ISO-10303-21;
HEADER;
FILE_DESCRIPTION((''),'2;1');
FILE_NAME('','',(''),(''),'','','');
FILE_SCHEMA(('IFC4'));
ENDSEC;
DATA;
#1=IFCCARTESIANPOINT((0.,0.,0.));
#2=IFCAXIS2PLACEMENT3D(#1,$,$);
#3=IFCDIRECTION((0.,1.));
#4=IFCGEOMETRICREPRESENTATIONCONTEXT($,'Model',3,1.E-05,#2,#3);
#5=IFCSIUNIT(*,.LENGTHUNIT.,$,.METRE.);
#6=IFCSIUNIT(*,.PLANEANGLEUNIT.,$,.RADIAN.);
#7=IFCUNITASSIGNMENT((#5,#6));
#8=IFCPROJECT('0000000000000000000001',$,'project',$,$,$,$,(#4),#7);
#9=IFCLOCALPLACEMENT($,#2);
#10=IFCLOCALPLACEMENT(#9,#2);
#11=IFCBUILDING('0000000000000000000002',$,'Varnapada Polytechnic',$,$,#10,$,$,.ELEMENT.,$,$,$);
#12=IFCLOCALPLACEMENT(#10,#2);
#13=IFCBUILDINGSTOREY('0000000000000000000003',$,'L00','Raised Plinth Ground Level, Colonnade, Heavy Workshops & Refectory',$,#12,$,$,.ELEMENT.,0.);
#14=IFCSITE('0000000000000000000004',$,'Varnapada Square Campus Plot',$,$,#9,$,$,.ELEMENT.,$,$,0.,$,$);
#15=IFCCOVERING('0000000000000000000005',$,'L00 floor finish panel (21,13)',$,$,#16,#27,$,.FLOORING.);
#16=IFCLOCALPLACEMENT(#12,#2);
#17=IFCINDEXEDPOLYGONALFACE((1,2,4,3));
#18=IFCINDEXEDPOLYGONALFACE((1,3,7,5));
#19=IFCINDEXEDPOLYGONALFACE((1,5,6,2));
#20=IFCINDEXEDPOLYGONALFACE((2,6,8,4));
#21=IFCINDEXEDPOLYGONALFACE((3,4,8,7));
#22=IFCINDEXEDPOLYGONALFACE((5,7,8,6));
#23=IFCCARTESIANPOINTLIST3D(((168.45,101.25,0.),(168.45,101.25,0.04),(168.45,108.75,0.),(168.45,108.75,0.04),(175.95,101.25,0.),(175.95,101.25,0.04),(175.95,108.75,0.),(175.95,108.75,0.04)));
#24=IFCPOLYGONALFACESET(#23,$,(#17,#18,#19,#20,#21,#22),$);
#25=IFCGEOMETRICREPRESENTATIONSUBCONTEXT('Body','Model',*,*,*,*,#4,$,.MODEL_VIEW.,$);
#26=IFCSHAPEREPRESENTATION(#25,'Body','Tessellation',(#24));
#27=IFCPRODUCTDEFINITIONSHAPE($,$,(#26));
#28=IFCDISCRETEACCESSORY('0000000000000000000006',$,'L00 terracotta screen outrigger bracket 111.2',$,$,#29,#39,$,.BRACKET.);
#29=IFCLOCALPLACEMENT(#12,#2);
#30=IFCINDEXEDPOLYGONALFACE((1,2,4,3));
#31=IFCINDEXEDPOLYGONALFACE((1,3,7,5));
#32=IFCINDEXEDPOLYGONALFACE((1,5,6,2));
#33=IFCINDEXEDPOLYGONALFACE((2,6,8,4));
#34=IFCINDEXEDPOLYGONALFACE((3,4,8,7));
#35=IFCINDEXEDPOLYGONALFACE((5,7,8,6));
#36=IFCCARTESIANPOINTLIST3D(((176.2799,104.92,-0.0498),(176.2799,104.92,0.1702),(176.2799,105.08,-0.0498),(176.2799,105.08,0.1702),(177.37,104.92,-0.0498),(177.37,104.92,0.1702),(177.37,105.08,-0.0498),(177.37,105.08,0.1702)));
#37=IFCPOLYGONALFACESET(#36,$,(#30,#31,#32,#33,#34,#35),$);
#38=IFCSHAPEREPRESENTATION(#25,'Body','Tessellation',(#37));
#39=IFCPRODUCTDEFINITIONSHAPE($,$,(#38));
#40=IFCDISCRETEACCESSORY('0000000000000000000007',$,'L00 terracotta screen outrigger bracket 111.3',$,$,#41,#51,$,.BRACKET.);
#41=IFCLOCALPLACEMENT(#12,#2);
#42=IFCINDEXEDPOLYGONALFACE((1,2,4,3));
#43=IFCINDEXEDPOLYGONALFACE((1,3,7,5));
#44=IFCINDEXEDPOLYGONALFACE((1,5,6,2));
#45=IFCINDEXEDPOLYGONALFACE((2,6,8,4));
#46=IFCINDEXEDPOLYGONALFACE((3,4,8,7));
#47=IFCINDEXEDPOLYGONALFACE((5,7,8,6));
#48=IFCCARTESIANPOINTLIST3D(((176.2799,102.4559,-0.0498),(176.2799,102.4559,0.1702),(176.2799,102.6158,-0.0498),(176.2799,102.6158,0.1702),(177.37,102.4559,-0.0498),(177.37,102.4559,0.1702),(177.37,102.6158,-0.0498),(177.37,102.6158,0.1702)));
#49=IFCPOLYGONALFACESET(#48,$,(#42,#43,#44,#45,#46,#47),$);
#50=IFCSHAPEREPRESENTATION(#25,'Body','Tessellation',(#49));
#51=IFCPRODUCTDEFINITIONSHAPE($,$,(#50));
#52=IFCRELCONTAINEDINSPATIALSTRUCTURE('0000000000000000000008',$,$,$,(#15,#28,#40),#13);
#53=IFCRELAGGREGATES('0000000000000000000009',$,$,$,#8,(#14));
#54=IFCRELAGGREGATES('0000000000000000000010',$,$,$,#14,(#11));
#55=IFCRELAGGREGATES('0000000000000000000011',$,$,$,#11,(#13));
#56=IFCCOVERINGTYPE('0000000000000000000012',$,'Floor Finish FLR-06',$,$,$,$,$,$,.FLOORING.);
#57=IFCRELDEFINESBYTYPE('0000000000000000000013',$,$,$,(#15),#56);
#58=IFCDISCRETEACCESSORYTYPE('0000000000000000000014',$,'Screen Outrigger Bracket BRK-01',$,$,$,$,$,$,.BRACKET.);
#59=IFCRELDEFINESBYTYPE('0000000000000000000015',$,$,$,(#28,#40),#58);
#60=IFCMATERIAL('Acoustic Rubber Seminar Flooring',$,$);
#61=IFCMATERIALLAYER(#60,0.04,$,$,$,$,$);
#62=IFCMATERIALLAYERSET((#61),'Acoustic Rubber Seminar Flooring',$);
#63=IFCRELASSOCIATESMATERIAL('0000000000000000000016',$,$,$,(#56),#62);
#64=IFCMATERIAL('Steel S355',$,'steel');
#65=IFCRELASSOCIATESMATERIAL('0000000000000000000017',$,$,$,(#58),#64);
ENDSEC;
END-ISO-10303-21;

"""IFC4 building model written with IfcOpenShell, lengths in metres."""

from ifc_helpers import new_model, si_unit, direction, frame, origin, origin_2d, place, context, subcontext, project, spatial, rectangle, extrude, material, layer, layer_set, type_object, element, save


model = new_model("IFC4")

# Units and contexts
model_context = context("Model", 3, precision=1e-05, world=origin(), true_north=direction((0.0, 1.0)))
body_context = subcontext(model_context, "Body", "Model", "MODEL_VIEW")
ifc_project = project(units=[si_unit("LENGTHUNIT", "METRE"), si_unit("PLANEANGLEUNIT", "RADIAN")], contexts=[model_context])

# Site, building, storey
site_placement = place(None, origin())
site = spatial("IfcSite", under=ifc_project, at=site_placement, Name="Varnapada Square Campus Plot", CompositionType="ELEMENT", RefElevation=0.0)
building_placement = place(site_placement, origin())
building = spatial("IfcBuilding", under=site, at=building_placement, Name="Varnapada Polytechnic", CompositionType="ELEMENT")
storey_placement = place(building_placement, origin())
storey = spatial("IfcBuildingStorey", under=building, at=storey_placement, Name="L00", Description="Raised Plinth Ground Level, Colonnade, Heavy Workshops & Refectory", CompositionType="ELEMENT", Elevation=0.0)

# Covering
ifc_material_1 = material(Name="Acoustic Rubber Seminar Flooring")
ifc_layer_1 = layer(ifc_material_1, 0.04)
ifc_layer_set_1 = layer_set([ifc_layer_1], Name="Acoustic Rubber Seminar Flooring")
covering_type = type_object("IfcCoveringType", Name="Floor Finish FLR-06", PredefinedType="FLOORING", material=ifc_layer_set_1)
covering_placement = place(storey_placement, frame((172.2, 105.0, 0.0), z_axis=(0.0, 0.0, 1.0), x_axis=(1.0, 0.0, 0.0)))
element("IfcCovering", 1, at=covering_placement, inside=storey, type_object=covering_type, Name="L00 floor finish panel (21,13)", PredefinedType="FLOORING", context=body_context, shape_type="SweptSolid", body=[
    extrude(rectangle(XDim=7.5, YDim=7.5, at=origin_2d()), origin(), (0.0, 0.0, 1.0), 0.04),
])

# Discrete accessories
ifc_material_2 = material(Name="Steel S355", Category="steel")
discrete_accessory_type = type_object("IfcDiscreteAccessoryType", Name="Screen Outrigger Bracket BRK-01", PredefinedType="BRACKET", material=ifc_material_2)
for number, where, z_axis, x_axis, name in (
    (2, (176.825, 105.0, -0.0498), (0.0, 0.0, 1.0), (0.0, -1.0, 0.0), "L00 terracotta screen outrigger bracket 111.2"),
    (3, (176.825, 102.5359, -0.0498), (0.0, 0.0, 1.0), (0.0, -1.0, 0.0), "L00 terracotta screen outrigger bracket 111.3"),
):
    element("IfcDiscreteAccessory", number, at=place(storey_placement, frame(where, z_axis=z_axis, x_axis=x_axis)), inside=storey, type_object=discrete_accessory_type, Name=name, PredefinedType="BRACKET", context=body_context, shape_type="SweptSolid", body=[
        extrude(rectangle(XDim=0.1599, YDim=1.0901, at=origin_2d()), origin(), (0.0, 0.0, 1.0), 0.22),
    ])

save(model, "model.ifc")
